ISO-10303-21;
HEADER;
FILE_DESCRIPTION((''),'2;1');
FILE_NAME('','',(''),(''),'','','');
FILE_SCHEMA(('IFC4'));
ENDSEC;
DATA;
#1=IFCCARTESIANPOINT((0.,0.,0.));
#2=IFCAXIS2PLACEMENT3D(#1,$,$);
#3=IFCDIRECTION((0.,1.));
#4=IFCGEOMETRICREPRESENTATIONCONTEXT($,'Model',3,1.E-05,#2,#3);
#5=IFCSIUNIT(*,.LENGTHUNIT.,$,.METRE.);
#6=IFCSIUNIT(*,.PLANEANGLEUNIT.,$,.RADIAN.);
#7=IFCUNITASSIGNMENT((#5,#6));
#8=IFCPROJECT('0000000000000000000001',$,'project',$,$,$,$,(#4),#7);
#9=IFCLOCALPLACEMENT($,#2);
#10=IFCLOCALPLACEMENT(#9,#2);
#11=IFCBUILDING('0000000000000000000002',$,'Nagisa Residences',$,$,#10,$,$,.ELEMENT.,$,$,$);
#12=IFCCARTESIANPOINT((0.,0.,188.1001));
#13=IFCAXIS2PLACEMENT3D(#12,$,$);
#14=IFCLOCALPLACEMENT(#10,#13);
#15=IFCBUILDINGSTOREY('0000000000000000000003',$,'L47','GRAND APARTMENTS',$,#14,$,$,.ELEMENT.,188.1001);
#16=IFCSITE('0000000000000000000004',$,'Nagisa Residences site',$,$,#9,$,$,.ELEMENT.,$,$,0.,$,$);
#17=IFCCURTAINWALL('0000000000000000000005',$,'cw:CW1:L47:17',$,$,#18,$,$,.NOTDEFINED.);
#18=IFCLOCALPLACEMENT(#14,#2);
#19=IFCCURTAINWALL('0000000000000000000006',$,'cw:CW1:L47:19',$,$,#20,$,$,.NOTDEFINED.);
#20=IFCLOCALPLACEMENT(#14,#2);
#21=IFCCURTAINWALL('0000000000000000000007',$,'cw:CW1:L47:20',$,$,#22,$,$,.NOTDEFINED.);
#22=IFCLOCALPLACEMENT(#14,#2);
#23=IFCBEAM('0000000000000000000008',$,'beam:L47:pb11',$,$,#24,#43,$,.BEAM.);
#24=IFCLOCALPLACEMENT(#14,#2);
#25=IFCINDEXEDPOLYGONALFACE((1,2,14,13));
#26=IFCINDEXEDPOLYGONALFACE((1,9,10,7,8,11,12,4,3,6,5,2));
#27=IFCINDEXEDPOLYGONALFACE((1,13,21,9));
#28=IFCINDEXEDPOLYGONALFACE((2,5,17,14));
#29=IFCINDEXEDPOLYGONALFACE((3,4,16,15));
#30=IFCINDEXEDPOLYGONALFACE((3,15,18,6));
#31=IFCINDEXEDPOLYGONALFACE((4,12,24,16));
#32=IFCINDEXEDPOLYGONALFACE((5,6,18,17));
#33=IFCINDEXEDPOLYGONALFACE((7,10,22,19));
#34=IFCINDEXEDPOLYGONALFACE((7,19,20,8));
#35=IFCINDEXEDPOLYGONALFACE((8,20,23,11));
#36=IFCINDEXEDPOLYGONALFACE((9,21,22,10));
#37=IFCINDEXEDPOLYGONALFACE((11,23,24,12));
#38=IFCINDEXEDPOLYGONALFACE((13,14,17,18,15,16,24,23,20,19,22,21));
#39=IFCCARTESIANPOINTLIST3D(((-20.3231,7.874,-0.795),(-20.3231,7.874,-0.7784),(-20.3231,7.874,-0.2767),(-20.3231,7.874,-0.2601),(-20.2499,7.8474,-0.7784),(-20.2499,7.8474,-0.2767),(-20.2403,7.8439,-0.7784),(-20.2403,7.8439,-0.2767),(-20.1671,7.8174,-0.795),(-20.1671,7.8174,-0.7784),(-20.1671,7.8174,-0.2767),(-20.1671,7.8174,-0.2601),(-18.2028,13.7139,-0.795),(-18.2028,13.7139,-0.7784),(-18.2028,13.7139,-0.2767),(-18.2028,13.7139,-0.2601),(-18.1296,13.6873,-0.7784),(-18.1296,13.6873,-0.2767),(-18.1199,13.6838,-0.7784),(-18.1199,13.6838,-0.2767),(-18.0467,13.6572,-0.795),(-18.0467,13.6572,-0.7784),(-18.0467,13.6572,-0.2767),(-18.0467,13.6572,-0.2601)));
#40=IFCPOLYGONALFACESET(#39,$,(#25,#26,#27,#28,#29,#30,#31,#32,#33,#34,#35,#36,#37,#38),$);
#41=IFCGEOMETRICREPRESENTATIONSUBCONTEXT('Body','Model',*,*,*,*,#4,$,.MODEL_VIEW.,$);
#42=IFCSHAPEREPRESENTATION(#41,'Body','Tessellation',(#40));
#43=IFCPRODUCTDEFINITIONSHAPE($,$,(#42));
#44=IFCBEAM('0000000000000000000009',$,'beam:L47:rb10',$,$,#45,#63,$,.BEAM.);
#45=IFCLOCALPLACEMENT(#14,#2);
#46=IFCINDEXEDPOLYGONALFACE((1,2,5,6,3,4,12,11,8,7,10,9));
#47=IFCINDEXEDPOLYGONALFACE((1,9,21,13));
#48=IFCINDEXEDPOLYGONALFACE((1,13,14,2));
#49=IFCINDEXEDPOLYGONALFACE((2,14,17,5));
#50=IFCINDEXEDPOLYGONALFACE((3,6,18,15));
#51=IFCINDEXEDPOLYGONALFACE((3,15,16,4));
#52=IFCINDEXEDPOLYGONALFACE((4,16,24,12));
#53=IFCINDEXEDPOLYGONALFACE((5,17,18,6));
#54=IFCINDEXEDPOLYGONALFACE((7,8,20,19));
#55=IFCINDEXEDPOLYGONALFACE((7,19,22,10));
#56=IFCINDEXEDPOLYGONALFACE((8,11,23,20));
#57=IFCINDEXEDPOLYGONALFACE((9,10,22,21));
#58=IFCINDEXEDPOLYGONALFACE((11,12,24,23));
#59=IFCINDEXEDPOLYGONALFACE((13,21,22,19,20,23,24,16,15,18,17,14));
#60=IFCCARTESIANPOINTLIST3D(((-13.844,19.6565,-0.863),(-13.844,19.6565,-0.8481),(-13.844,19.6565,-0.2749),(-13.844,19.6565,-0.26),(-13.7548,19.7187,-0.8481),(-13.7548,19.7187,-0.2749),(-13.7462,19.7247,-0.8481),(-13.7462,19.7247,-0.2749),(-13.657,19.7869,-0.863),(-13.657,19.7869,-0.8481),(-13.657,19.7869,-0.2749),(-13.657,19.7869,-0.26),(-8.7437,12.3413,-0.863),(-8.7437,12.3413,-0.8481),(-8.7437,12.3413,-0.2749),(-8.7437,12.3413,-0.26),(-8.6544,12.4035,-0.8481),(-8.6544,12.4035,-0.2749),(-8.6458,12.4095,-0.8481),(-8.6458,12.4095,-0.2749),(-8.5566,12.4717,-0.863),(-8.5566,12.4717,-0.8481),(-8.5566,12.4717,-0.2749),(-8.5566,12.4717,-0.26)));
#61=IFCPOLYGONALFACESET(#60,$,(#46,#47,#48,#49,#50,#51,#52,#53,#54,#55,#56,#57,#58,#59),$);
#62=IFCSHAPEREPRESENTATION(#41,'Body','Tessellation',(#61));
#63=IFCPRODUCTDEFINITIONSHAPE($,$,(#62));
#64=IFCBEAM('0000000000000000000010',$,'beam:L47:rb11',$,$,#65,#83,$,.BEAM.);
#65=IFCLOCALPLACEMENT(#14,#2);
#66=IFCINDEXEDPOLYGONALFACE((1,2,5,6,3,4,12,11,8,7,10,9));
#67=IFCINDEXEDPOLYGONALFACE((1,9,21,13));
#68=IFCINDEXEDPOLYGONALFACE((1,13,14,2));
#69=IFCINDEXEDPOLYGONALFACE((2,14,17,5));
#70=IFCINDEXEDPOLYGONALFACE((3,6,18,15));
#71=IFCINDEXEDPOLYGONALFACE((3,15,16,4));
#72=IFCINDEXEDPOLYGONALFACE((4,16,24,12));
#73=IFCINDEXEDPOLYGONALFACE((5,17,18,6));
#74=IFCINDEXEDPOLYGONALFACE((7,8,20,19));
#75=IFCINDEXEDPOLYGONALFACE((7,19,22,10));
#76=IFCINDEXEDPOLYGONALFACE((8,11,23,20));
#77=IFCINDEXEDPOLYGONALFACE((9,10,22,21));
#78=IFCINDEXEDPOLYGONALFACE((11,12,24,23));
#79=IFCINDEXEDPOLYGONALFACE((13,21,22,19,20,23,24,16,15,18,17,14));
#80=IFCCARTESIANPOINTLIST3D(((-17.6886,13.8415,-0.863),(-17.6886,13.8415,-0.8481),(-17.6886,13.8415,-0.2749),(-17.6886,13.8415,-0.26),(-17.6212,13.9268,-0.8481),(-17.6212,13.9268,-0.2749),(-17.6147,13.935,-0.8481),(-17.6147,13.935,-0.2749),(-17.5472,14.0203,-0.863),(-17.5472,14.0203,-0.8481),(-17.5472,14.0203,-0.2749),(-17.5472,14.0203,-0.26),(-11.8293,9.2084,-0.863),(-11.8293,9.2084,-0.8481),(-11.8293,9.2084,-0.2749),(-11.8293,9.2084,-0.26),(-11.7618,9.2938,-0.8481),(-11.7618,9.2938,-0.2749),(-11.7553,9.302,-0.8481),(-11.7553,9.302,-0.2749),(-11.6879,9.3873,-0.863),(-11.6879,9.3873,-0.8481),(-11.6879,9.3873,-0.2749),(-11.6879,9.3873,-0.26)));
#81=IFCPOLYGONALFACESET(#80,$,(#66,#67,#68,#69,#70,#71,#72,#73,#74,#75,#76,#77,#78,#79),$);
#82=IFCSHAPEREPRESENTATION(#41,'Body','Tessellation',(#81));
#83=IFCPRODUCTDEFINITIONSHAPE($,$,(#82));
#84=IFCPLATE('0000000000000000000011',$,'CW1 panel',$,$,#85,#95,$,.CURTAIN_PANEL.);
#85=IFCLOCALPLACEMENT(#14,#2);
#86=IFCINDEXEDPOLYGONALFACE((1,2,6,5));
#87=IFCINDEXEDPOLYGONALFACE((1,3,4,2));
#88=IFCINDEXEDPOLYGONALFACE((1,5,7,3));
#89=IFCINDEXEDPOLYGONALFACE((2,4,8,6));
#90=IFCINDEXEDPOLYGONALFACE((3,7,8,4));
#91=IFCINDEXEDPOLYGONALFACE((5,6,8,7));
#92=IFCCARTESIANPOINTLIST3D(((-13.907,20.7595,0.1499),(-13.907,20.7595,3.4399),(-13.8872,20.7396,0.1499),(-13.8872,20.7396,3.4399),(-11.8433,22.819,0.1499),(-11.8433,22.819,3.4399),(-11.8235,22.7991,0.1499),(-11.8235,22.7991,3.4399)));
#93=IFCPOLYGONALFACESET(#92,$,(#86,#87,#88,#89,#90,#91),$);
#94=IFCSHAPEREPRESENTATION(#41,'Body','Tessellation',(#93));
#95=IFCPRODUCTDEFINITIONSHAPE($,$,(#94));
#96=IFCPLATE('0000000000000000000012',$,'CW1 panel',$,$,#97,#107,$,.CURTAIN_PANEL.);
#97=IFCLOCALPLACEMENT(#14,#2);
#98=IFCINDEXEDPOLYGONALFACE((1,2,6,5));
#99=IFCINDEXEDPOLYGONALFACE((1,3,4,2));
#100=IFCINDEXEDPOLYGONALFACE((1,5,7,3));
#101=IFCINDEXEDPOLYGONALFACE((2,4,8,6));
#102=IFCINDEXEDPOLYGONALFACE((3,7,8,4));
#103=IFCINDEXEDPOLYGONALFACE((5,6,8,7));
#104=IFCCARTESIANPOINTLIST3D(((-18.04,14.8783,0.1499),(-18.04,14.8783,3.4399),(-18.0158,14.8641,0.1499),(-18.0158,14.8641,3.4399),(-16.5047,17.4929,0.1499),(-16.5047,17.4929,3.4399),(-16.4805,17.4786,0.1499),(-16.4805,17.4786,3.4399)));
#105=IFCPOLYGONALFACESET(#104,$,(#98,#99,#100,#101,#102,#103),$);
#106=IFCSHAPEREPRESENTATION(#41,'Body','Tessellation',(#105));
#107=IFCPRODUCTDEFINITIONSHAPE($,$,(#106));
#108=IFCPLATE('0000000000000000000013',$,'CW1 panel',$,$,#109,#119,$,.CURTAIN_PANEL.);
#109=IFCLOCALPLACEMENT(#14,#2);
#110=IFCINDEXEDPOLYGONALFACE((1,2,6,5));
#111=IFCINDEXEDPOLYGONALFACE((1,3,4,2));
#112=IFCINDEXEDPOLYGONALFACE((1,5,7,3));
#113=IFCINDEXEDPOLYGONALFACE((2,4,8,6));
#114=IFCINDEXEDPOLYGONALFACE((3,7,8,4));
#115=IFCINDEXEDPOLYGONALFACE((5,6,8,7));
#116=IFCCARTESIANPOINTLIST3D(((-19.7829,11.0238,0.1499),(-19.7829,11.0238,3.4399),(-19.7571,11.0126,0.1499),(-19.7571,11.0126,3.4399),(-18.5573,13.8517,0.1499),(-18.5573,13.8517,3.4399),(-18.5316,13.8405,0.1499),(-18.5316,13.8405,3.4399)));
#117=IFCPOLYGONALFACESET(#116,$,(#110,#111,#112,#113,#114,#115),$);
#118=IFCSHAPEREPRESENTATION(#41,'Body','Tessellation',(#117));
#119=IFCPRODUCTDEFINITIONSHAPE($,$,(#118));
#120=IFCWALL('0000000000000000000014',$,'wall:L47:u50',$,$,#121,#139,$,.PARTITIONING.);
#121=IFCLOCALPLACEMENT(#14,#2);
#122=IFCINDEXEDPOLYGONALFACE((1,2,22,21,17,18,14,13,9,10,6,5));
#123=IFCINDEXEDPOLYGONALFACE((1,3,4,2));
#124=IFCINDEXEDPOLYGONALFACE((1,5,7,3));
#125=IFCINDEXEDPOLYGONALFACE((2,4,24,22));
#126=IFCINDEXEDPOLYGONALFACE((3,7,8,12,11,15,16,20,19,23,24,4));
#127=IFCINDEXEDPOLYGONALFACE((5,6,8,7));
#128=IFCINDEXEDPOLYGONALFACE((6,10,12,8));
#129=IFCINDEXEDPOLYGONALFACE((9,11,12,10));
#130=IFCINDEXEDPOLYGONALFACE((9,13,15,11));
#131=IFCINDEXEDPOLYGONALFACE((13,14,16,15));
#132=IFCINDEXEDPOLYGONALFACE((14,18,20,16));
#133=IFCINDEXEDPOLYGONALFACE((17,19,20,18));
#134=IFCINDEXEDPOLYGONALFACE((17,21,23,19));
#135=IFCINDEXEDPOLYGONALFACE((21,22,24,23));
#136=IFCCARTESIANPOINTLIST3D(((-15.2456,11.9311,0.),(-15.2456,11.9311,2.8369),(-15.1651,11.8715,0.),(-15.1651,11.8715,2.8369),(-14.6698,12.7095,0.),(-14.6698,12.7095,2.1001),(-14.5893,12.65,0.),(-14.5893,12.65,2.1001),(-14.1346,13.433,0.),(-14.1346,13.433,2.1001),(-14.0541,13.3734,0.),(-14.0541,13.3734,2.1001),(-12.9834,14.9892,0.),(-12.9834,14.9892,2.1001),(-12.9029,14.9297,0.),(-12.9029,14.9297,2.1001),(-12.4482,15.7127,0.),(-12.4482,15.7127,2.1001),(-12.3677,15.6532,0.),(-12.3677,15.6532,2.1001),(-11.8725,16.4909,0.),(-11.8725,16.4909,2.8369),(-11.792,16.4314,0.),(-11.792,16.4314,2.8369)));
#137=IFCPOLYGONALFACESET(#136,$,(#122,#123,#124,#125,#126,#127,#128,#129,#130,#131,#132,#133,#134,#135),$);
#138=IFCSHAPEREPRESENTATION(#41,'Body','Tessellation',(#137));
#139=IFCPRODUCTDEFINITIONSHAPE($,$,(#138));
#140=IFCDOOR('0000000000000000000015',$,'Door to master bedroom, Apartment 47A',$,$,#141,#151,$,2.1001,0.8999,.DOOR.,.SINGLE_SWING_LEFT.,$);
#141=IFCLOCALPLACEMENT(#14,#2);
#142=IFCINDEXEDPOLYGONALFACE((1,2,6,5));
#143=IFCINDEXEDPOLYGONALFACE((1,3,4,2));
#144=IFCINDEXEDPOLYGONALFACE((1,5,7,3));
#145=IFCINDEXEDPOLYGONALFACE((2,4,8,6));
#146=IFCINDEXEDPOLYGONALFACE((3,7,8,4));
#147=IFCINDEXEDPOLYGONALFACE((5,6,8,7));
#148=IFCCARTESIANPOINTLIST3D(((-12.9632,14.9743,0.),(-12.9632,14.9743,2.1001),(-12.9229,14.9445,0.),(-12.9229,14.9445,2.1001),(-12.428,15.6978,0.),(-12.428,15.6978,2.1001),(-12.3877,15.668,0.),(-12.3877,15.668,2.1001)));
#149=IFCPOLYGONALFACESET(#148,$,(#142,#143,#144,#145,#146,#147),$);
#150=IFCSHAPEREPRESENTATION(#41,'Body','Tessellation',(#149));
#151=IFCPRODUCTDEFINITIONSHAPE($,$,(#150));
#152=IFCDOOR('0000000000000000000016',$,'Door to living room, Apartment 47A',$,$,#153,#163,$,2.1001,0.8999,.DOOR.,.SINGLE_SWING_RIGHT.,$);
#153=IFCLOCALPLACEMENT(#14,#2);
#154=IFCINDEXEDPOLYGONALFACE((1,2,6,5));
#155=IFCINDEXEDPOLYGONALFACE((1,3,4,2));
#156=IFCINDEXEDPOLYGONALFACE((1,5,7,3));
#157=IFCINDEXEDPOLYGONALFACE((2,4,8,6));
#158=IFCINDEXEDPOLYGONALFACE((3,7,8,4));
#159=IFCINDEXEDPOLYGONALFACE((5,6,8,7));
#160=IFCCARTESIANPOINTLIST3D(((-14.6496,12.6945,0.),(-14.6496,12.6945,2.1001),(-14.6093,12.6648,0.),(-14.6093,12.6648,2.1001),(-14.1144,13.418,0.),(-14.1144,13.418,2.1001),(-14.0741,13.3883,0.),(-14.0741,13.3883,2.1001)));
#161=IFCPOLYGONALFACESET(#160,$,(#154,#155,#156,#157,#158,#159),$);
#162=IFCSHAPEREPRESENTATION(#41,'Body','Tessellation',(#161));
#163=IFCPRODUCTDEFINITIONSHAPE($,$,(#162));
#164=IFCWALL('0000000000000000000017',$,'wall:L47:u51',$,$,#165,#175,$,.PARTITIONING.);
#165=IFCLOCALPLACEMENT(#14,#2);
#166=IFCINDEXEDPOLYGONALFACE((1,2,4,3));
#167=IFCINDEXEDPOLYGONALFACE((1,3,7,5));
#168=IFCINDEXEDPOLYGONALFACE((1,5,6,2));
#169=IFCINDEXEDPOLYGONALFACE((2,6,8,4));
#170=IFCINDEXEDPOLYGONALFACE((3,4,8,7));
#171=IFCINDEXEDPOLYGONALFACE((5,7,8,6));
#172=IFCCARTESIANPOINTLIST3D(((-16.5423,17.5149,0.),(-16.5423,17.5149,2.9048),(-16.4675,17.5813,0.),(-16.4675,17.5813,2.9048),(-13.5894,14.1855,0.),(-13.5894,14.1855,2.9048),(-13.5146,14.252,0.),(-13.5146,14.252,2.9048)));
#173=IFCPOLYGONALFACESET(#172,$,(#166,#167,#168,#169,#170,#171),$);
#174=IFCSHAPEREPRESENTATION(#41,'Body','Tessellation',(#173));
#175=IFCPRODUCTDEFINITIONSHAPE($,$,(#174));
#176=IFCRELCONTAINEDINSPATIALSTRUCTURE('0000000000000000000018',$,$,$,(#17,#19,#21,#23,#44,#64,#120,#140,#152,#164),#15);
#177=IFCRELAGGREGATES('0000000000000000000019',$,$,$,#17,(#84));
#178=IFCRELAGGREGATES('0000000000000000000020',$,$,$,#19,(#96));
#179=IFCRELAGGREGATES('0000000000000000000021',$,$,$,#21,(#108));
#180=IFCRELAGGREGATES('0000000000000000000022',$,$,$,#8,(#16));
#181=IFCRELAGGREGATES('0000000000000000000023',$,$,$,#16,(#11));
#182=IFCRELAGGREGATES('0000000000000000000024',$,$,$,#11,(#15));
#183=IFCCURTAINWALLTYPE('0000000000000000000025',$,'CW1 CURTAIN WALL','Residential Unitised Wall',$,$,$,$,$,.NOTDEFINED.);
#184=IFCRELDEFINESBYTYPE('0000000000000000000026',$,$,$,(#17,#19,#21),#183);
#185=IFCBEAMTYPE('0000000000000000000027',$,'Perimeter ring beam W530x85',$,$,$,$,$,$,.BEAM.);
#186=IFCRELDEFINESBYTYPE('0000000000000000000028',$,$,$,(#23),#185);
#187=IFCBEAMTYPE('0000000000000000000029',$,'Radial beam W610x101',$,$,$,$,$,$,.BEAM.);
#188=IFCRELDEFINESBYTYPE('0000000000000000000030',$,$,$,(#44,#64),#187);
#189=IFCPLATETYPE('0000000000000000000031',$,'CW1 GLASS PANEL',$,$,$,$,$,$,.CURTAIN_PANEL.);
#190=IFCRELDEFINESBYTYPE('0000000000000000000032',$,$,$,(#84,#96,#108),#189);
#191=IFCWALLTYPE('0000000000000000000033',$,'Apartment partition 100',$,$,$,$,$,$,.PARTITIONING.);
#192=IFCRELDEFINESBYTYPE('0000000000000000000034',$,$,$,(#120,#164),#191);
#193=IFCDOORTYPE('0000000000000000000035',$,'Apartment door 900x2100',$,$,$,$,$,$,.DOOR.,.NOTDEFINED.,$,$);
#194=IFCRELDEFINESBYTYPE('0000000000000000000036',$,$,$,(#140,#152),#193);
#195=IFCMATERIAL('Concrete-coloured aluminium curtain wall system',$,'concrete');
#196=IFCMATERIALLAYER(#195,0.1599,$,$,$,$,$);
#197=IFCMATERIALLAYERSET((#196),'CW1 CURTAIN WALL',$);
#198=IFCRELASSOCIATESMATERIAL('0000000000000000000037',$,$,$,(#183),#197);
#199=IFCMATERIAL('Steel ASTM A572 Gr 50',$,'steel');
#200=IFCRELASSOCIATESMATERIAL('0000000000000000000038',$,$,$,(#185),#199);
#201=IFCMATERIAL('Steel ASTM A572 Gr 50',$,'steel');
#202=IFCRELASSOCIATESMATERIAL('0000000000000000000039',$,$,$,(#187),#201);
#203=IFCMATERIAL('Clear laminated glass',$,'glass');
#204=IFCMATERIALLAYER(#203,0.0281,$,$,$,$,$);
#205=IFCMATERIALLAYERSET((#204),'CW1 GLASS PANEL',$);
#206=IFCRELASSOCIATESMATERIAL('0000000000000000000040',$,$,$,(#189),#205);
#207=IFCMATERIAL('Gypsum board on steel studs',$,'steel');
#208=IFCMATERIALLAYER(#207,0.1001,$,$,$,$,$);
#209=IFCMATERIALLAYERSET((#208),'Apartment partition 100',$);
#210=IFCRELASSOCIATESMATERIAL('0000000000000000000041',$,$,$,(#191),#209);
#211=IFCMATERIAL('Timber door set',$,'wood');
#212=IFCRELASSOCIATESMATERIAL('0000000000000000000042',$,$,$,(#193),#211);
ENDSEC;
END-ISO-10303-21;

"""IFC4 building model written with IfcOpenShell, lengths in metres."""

from ifc_helpers import new_model, si_unit, direction, frame, frame_2d, origin, origin_2d, place, context, subcontext, project, spatial, rectangle, i_section, extrude, material, layer, layer_set, material_profile, profile_set, type_object, element, fill, aggregate, save


model = new_model("IFC4")

# Units and contexts
model_context = context("Model", 3, precision=1e-05, world=origin(), true_north=direction((0.0, 1.0)))
body_context = subcontext(model_context, "Body", "Model", "MODEL_VIEW")
ifc_project = project(units=[si_unit("LENGTHUNIT", "METRE"), si_unit("PLANEANGLEUNIT", "RADIAN")], contexts=[model_context])

# Site, building, storey
site_placement = place(None, origin())
site = spatial("IfcSite", under=ifc_project, at=site_placement, Name="Nagisa Residences site", CompositionType="ELEMENT", RefElevation=0.0)
building_placement = place(site_placement, origin())
building = spatial("IfcBuilding", under=site, at=building_placement, Name="Nagisa Residences", CompositionType="ELEMENT")
storey_placement = place(building_placement, frame((0.0, 0.0, 188.1001)))
storey = spatial("IfcBuildingStorey", under=building, at=storey_placement, Name="L47", Description="GRAND APARTMENTS", CompositionType="ELEMENT", Elevation=188.1001)

# Curtain walls
ifc_material_1 = material(Name="Concrete-coloured aluminium curtain wall system", Category="concrete")
ifc_layer_1 = layer(ifc_material_1, 0.1599)
ifc_layer_set_1 = layer_set([ifc_layer_1], Name="CW1 CURTAIN WALL")
curtain_wall_type = type_object("IfcCurtainWallType", Name="CW1 CURTAIN WALL", Description="Residential Unitised Wall", PredefinedType="NOTDEFINED", material=ifc_layer_set_1)
curtain_wall_1_placement = place(storey_placement, origin())
curtain_wall_1 = element("IfcCurtainWall", 1, at=curtain_wall_1_placement, inside=storey, type_object=curtain_wall_type, Name="cw:CW1:L47:17", PredefinedType="NOTDEFINED")
curtain_wall_2_placement = place(storey_placement, origin())
curtain_wall_2 = element("IfcCurtainWall", 2, at=curtain_wall_2_placement, inside=storey, type_object=curtain_wall_type, Name="cw:CW1:L47:19", PredefinedType="NOTDEFINED")
curtain_wall_3_placement = place(storey_placement, origin())
curtain_wall_3 = element("IfcCurtainWall", 3, at=curtain_wall_3_placement, inside=storey, type_object=curtain_wall_type, Name="cw:CW1:L47:20", PredefinedType="NOTDEFINED")

# Beams
ifc_material_2 = material(Name="Steel ASTM A572 Gr 50", Category="steel")
ifc_material_profile_1 = material_profile(ifc_material_2, i_section(OverallWidth=0.166, OverallDepth=0.5349, WebThickness=0.0103, FlangeThickness=0.0166, at=origin_2d()), Name="W530x85")
ifc_profile_set_1 = profile_set([ifc_material_profile_1], Name="Steel ASTM A572 Gr 50")
beam_type_1 = type_object("IfcBeamType", Name="Perimeter ring beam W530x85", PredefinedType="BEAM", material=ifc_profile_set_1)
beam_1_placement = place(storey_placement, frame((-18.1248, 13.6855, -0.5276), z_axis=(-0.341286, -0.93996, 0.0), x_axis=(0.93996, -0.341286, 0.0)))
element("IfcBeam", 4, at=beam_1_placement, inside=storey, type_object=beam_type_1, Name="beam:L47:pb11", PredefinedType="BEAM", context=body_context, shape_type="SweptSolid", body=[
    extrude(i_section(OverallWidth=0.166, OverallDepth=0.5349, WebThickness=0.0103, FlangeThickness=0.0166, at=origin_2d()), origin(), (0.0, 0.0, 1.0), 6.2129),
])
ifc_material_3 = material(Name="Steel ASTM A572 Gr 50", Category="steel")
ifc_material_profile_2 = material_profile(ifc_material_3, i_section(OverallWidth=0.228, OverallDepth=0.603, WebThickness=0.0105, FlangeThickness=0.0149, at=origin_2d()), Name="W610x101")
ifc_profile_set_2 = profile_set([ifc_material_profile_2], Name="Steel ASTM A572 Gr 50")
beam_type_2 = type_object("IfcBeamType", Name="Radial beam W610x101", PredefinedType="BEAM", material=ifc_profile_set_2)
beam_2_placement = place(storey_placement, frame((-13.7505, 19.7217, -0.5615), z_axis=(0.571934, -0.820299, 0.0), x_axis=(0.820299, 0.571934, 0.0)))
element("IfcBeam", 5, at=beam_2_placement, inside=storey, type_object=beam_type_2, Name="beam:L47:rb10", PredefinedType="BEAM", context=body_context, shape_type="SweptSolid", body=[
    extrude(i_section(OverallWidth=0.228, OverallDepth=0.603, WebThickness=0.0105, FlangeThickness=0.0149, at=origin_2d()), origin(), (0.0, 0.0, 1.0), 8.9177),
])
beam_3_placement = place(storey_placement, frame((-17.6179, 13.9309, -0.5615), z_axis=(0.784412, -0.620241, 0.0), x_axis=(0.620241, 0.784412, 0.0)))
element("IfcBeam", 6, at=beam_3_placement, inside=storey, type_object=beam_type_2, Name="beam:L47:rb11", PredefinedType="BEAM", context=body_context, shape_type="SweptSolid", body=[
    extrude(i_section(OverallWidth=0.228, OverallDepth=0.603, WebThickness=0.0105, FlangeThickness=0.0149, at=origin_2d()), origin(), (0.0, 0.0, 1.0), 7.4697),
])

# Plates
ifc_material_4 = material(Name="Clear laminated glass", Category="glass")
ifc_layer_2 = layer(ifc_material_4, 0.0281)
ifc_layer_set_2 = layer_set([ifc_layer_2], Name="CW1 GLASS PANEL")
plate_type = type_object("IfcPlateType", Name="CW1 GLASS PANEL", PredefinedType="CURTAIN_PANEL", material=ifc_layer_set_2)
plate_1_placement = place(storey_placement, frame((-12.8652, 21.7793, 0.1499), z_axis=(0.0, 0.0, 1.0), x_axis=(-0.707836, -0.706377, 0.0)))
plate_1 = element("IfcPlate", 7, at=plate_1_placement, type_object=plate_type, Name="CW1 panel", PredefinedType="CURTAIN_PANEL", context=body_context, shape_type="SweptSolid", body=[
    extrude(rectangle(XDim=2.9155, YDim=0.0281, at=origin_2d()), origin(), (0.0, 0.0, 1.0), 3.29),
])
aggregate(curtain_wall_1, [plate_1])
plate_2_placement = place(storey_placement, frame((-17.2603, 16.1785, 0.1499), z_axis=(0.0, 0.0, 1.0), x_axis=(-0.506349, -0.862329, 0.0)))
plate_2 = element("IfcPlate", 8, at=plate_2_placement, type_object=plate_type, Name="CW1 panel", PredefinedType="CURTAIN_PANEL", context=body_context, shape_type="SweptSolid", body=[
    extrude(rectangle(XDim=3.032, YDim=0.0281, at=origin_2d()), origin(), (0.0, 0.0, 1.0), 3.29),
])
aggregate(curtain_wall_2, [plate_2])
plate_3_placement = place(storey_placement, frame((-19.1572, 12.4321, 0.1499), z_axis=(0.0, 0.0, 1.0), x_axis=(-0.397636, -0.917543, 0.0)))
plate_3 = element("IfcPlate", 9, at=plate_3_placement, type_object=plate_type, Name="CW1 panel", PredefinedType="CURTAIN_PANEL", context=body_context, shape_type="SweptSolid", body=[
    extrude(rectangle(XDim=3.082, YDim=0.0281, at=origin_2d()), origin(), (0.0, 0.0, 1.0), 3.29),
])
aggregate(curtain_wall_3, [plate_3])

# Wall, openings, doors
ifc_material_5 = material(Name="Gypsum board on steel studs", Category="steel")
ifc_layer_3 = layer(ifc_material_5, 0.1001)
ifc_layer_set_3 = layer_set([ifc_layer_3], Name="Apartment partition 100")
wall_type_1 = type_object("IfcWallType", Name="Apartment partition 100", PredefinedType="PARTITIONING", material=ifc_layer_set_3)
wall_1_placement = place(storey_placement, frame((-11.8323, 16.4612, 0.0), z_axis=(0.0, 0.0, 1.0), x_axis=(-0.594704, -0.803944, 0.0)))
wall_1 = element("IfcWall", 10, at=wall_1_placement, inside=storey, type_object=wall_type_1, Name="wall:L47:u50", PredefinedType="PARTITIONING", context=body_context, shape_type="SweptSolid", body=[
    extrude(rectangle(XDim=5.6719, YDim=0.1001, at=frame_2d((2.8359, 0.0))), origin(), (0.0, 0.0, 1.0), 2.8369),
])
opening_1_placement = place(wall_1_placement, frame((0.968, 0.0, 0.0)))
opening_1 = element("IfcOpeningElement", 11, at=opening_1_placement, cuts=wall_1, PredefinedType="OPENING", context=body_context, shape_type="SweptSolid", body=[
    extrude(rectangle(XDim=0.8999, YDim=2.1001, at=frame_2d((0.45, 1.05))), frame((0.0, 0.0601, 0.0), z_axis=(0.0, -1.0, 0.0), x_axis=(1.0, 0.0, 0.0)), (0.0, 0.0, 1.0), 0.1201),
])
opening_2_placement = place(wall_1_placement, frame((3.8037, 0.0, 0.0)))
opening_2 = element("IfcOpeningElement", 12, at=opening_2_placement, cuts=wall_1, PredefinedType="OPENING", context=body_context, shape_type="SweptSolid", body=[
    extrude(rectangle(XDim=0.8999, YDim=2.1001, at=frame_2d((0.45, 1.05))), frame((0.0, 0.0601, 0.0), z_axis=(0.0, -1.0, 0.0), x_axis=(1.0, 0.0, 0.0)), (0.0, 0.0, 1.0), 0.1201),
])
ifc_material_6 = material(Name="Timber door set", Category="wood")
door_type_1 = type_object("IfcDoorType", Name="Apartment door 900x2100", OperationType="NOTDEFINED", PredefinedType="DOOR", material=ifc_material_6)
door_1_placement = place(opening_1_placement, frame((0.8999, 0.0, 0.0), x_axis=(-1.0, 0.0, 0.0)))
door_1 = element("IfcDoor", 13, at=door_1_placement, inside=storey, type_object=door_type_1, Name="Door to master bedroom, Apartment 47A", OperationType="SINGLE_SWING_LEFT", OverallHeight=2.1001, OverallWidth=0.8999, PredefinedType="DOOR", context=body_context, shape_type="SweptSolid", body=[
    extrude(rectangle(XDim=0.8999, YDim=2.1001, at=frame_2d((0.45, 1.05))), frame((0.0, 0.0249, 0.0), z_axis=(0.0, -1.0, 0.0), x_axis=(1.0, 0.0, 0.0)), (0.0, 0.0, 1.0), 0.05),
])
fill(opening_1, door_1)
door_2_placement = place(opening_2_placement, frame((0.8999, 0.0, 0.0), x_axis=(-1.0, 0.0, 0.0)))
door_2 = element("IfcDoor", 14, at=door_2_placement, inside=storey, type_object=door_type_1, Name="Door to living room, Apartment 47A", OperationType="SINGLE_SWING_RIGHT", OverallHeight=2.1001, OverallWidth=0.8999, PredefinedType="DOOR", context=body_context, shape_type="SweptSolid", body=[
    extrude(rectangle(XDim=0.8999, YDim=2.1001, at=frame_2d((0.45, 1.05))), frame((0.0, 0.0249, 0.0), z_axis=(0.0, -1.0, 0.0), x_axis=(1.0, 0.0, 0.0)), (0.0, 0.0, 1.0), 0.05),
])
fill(opening_2, door_2)

# Wall
wall_2_placement = place(storey_placement, frame((-13.552, 14.2188, 0.0), z_axis=(0.0, 0.0, 1.0), x_axis=(-0.663543, 0.748138, 0.0)))
element("IfcWall", 15, at=wall_2_placement, inside=storey, type_object=wall_type_1, Name="wall:L47:u51", PredefinedType="PARTITIONING", context=body_context, shape_type="SweptSolid", body=[
    extrude(rectangle(XDim=4.4502, YDim=0.1001, at=frame_2d((2.2251, 0.0))), origin(), (0.0, 0.0, 1.0), 2.9048),
])

save(model, "model.ifc")
